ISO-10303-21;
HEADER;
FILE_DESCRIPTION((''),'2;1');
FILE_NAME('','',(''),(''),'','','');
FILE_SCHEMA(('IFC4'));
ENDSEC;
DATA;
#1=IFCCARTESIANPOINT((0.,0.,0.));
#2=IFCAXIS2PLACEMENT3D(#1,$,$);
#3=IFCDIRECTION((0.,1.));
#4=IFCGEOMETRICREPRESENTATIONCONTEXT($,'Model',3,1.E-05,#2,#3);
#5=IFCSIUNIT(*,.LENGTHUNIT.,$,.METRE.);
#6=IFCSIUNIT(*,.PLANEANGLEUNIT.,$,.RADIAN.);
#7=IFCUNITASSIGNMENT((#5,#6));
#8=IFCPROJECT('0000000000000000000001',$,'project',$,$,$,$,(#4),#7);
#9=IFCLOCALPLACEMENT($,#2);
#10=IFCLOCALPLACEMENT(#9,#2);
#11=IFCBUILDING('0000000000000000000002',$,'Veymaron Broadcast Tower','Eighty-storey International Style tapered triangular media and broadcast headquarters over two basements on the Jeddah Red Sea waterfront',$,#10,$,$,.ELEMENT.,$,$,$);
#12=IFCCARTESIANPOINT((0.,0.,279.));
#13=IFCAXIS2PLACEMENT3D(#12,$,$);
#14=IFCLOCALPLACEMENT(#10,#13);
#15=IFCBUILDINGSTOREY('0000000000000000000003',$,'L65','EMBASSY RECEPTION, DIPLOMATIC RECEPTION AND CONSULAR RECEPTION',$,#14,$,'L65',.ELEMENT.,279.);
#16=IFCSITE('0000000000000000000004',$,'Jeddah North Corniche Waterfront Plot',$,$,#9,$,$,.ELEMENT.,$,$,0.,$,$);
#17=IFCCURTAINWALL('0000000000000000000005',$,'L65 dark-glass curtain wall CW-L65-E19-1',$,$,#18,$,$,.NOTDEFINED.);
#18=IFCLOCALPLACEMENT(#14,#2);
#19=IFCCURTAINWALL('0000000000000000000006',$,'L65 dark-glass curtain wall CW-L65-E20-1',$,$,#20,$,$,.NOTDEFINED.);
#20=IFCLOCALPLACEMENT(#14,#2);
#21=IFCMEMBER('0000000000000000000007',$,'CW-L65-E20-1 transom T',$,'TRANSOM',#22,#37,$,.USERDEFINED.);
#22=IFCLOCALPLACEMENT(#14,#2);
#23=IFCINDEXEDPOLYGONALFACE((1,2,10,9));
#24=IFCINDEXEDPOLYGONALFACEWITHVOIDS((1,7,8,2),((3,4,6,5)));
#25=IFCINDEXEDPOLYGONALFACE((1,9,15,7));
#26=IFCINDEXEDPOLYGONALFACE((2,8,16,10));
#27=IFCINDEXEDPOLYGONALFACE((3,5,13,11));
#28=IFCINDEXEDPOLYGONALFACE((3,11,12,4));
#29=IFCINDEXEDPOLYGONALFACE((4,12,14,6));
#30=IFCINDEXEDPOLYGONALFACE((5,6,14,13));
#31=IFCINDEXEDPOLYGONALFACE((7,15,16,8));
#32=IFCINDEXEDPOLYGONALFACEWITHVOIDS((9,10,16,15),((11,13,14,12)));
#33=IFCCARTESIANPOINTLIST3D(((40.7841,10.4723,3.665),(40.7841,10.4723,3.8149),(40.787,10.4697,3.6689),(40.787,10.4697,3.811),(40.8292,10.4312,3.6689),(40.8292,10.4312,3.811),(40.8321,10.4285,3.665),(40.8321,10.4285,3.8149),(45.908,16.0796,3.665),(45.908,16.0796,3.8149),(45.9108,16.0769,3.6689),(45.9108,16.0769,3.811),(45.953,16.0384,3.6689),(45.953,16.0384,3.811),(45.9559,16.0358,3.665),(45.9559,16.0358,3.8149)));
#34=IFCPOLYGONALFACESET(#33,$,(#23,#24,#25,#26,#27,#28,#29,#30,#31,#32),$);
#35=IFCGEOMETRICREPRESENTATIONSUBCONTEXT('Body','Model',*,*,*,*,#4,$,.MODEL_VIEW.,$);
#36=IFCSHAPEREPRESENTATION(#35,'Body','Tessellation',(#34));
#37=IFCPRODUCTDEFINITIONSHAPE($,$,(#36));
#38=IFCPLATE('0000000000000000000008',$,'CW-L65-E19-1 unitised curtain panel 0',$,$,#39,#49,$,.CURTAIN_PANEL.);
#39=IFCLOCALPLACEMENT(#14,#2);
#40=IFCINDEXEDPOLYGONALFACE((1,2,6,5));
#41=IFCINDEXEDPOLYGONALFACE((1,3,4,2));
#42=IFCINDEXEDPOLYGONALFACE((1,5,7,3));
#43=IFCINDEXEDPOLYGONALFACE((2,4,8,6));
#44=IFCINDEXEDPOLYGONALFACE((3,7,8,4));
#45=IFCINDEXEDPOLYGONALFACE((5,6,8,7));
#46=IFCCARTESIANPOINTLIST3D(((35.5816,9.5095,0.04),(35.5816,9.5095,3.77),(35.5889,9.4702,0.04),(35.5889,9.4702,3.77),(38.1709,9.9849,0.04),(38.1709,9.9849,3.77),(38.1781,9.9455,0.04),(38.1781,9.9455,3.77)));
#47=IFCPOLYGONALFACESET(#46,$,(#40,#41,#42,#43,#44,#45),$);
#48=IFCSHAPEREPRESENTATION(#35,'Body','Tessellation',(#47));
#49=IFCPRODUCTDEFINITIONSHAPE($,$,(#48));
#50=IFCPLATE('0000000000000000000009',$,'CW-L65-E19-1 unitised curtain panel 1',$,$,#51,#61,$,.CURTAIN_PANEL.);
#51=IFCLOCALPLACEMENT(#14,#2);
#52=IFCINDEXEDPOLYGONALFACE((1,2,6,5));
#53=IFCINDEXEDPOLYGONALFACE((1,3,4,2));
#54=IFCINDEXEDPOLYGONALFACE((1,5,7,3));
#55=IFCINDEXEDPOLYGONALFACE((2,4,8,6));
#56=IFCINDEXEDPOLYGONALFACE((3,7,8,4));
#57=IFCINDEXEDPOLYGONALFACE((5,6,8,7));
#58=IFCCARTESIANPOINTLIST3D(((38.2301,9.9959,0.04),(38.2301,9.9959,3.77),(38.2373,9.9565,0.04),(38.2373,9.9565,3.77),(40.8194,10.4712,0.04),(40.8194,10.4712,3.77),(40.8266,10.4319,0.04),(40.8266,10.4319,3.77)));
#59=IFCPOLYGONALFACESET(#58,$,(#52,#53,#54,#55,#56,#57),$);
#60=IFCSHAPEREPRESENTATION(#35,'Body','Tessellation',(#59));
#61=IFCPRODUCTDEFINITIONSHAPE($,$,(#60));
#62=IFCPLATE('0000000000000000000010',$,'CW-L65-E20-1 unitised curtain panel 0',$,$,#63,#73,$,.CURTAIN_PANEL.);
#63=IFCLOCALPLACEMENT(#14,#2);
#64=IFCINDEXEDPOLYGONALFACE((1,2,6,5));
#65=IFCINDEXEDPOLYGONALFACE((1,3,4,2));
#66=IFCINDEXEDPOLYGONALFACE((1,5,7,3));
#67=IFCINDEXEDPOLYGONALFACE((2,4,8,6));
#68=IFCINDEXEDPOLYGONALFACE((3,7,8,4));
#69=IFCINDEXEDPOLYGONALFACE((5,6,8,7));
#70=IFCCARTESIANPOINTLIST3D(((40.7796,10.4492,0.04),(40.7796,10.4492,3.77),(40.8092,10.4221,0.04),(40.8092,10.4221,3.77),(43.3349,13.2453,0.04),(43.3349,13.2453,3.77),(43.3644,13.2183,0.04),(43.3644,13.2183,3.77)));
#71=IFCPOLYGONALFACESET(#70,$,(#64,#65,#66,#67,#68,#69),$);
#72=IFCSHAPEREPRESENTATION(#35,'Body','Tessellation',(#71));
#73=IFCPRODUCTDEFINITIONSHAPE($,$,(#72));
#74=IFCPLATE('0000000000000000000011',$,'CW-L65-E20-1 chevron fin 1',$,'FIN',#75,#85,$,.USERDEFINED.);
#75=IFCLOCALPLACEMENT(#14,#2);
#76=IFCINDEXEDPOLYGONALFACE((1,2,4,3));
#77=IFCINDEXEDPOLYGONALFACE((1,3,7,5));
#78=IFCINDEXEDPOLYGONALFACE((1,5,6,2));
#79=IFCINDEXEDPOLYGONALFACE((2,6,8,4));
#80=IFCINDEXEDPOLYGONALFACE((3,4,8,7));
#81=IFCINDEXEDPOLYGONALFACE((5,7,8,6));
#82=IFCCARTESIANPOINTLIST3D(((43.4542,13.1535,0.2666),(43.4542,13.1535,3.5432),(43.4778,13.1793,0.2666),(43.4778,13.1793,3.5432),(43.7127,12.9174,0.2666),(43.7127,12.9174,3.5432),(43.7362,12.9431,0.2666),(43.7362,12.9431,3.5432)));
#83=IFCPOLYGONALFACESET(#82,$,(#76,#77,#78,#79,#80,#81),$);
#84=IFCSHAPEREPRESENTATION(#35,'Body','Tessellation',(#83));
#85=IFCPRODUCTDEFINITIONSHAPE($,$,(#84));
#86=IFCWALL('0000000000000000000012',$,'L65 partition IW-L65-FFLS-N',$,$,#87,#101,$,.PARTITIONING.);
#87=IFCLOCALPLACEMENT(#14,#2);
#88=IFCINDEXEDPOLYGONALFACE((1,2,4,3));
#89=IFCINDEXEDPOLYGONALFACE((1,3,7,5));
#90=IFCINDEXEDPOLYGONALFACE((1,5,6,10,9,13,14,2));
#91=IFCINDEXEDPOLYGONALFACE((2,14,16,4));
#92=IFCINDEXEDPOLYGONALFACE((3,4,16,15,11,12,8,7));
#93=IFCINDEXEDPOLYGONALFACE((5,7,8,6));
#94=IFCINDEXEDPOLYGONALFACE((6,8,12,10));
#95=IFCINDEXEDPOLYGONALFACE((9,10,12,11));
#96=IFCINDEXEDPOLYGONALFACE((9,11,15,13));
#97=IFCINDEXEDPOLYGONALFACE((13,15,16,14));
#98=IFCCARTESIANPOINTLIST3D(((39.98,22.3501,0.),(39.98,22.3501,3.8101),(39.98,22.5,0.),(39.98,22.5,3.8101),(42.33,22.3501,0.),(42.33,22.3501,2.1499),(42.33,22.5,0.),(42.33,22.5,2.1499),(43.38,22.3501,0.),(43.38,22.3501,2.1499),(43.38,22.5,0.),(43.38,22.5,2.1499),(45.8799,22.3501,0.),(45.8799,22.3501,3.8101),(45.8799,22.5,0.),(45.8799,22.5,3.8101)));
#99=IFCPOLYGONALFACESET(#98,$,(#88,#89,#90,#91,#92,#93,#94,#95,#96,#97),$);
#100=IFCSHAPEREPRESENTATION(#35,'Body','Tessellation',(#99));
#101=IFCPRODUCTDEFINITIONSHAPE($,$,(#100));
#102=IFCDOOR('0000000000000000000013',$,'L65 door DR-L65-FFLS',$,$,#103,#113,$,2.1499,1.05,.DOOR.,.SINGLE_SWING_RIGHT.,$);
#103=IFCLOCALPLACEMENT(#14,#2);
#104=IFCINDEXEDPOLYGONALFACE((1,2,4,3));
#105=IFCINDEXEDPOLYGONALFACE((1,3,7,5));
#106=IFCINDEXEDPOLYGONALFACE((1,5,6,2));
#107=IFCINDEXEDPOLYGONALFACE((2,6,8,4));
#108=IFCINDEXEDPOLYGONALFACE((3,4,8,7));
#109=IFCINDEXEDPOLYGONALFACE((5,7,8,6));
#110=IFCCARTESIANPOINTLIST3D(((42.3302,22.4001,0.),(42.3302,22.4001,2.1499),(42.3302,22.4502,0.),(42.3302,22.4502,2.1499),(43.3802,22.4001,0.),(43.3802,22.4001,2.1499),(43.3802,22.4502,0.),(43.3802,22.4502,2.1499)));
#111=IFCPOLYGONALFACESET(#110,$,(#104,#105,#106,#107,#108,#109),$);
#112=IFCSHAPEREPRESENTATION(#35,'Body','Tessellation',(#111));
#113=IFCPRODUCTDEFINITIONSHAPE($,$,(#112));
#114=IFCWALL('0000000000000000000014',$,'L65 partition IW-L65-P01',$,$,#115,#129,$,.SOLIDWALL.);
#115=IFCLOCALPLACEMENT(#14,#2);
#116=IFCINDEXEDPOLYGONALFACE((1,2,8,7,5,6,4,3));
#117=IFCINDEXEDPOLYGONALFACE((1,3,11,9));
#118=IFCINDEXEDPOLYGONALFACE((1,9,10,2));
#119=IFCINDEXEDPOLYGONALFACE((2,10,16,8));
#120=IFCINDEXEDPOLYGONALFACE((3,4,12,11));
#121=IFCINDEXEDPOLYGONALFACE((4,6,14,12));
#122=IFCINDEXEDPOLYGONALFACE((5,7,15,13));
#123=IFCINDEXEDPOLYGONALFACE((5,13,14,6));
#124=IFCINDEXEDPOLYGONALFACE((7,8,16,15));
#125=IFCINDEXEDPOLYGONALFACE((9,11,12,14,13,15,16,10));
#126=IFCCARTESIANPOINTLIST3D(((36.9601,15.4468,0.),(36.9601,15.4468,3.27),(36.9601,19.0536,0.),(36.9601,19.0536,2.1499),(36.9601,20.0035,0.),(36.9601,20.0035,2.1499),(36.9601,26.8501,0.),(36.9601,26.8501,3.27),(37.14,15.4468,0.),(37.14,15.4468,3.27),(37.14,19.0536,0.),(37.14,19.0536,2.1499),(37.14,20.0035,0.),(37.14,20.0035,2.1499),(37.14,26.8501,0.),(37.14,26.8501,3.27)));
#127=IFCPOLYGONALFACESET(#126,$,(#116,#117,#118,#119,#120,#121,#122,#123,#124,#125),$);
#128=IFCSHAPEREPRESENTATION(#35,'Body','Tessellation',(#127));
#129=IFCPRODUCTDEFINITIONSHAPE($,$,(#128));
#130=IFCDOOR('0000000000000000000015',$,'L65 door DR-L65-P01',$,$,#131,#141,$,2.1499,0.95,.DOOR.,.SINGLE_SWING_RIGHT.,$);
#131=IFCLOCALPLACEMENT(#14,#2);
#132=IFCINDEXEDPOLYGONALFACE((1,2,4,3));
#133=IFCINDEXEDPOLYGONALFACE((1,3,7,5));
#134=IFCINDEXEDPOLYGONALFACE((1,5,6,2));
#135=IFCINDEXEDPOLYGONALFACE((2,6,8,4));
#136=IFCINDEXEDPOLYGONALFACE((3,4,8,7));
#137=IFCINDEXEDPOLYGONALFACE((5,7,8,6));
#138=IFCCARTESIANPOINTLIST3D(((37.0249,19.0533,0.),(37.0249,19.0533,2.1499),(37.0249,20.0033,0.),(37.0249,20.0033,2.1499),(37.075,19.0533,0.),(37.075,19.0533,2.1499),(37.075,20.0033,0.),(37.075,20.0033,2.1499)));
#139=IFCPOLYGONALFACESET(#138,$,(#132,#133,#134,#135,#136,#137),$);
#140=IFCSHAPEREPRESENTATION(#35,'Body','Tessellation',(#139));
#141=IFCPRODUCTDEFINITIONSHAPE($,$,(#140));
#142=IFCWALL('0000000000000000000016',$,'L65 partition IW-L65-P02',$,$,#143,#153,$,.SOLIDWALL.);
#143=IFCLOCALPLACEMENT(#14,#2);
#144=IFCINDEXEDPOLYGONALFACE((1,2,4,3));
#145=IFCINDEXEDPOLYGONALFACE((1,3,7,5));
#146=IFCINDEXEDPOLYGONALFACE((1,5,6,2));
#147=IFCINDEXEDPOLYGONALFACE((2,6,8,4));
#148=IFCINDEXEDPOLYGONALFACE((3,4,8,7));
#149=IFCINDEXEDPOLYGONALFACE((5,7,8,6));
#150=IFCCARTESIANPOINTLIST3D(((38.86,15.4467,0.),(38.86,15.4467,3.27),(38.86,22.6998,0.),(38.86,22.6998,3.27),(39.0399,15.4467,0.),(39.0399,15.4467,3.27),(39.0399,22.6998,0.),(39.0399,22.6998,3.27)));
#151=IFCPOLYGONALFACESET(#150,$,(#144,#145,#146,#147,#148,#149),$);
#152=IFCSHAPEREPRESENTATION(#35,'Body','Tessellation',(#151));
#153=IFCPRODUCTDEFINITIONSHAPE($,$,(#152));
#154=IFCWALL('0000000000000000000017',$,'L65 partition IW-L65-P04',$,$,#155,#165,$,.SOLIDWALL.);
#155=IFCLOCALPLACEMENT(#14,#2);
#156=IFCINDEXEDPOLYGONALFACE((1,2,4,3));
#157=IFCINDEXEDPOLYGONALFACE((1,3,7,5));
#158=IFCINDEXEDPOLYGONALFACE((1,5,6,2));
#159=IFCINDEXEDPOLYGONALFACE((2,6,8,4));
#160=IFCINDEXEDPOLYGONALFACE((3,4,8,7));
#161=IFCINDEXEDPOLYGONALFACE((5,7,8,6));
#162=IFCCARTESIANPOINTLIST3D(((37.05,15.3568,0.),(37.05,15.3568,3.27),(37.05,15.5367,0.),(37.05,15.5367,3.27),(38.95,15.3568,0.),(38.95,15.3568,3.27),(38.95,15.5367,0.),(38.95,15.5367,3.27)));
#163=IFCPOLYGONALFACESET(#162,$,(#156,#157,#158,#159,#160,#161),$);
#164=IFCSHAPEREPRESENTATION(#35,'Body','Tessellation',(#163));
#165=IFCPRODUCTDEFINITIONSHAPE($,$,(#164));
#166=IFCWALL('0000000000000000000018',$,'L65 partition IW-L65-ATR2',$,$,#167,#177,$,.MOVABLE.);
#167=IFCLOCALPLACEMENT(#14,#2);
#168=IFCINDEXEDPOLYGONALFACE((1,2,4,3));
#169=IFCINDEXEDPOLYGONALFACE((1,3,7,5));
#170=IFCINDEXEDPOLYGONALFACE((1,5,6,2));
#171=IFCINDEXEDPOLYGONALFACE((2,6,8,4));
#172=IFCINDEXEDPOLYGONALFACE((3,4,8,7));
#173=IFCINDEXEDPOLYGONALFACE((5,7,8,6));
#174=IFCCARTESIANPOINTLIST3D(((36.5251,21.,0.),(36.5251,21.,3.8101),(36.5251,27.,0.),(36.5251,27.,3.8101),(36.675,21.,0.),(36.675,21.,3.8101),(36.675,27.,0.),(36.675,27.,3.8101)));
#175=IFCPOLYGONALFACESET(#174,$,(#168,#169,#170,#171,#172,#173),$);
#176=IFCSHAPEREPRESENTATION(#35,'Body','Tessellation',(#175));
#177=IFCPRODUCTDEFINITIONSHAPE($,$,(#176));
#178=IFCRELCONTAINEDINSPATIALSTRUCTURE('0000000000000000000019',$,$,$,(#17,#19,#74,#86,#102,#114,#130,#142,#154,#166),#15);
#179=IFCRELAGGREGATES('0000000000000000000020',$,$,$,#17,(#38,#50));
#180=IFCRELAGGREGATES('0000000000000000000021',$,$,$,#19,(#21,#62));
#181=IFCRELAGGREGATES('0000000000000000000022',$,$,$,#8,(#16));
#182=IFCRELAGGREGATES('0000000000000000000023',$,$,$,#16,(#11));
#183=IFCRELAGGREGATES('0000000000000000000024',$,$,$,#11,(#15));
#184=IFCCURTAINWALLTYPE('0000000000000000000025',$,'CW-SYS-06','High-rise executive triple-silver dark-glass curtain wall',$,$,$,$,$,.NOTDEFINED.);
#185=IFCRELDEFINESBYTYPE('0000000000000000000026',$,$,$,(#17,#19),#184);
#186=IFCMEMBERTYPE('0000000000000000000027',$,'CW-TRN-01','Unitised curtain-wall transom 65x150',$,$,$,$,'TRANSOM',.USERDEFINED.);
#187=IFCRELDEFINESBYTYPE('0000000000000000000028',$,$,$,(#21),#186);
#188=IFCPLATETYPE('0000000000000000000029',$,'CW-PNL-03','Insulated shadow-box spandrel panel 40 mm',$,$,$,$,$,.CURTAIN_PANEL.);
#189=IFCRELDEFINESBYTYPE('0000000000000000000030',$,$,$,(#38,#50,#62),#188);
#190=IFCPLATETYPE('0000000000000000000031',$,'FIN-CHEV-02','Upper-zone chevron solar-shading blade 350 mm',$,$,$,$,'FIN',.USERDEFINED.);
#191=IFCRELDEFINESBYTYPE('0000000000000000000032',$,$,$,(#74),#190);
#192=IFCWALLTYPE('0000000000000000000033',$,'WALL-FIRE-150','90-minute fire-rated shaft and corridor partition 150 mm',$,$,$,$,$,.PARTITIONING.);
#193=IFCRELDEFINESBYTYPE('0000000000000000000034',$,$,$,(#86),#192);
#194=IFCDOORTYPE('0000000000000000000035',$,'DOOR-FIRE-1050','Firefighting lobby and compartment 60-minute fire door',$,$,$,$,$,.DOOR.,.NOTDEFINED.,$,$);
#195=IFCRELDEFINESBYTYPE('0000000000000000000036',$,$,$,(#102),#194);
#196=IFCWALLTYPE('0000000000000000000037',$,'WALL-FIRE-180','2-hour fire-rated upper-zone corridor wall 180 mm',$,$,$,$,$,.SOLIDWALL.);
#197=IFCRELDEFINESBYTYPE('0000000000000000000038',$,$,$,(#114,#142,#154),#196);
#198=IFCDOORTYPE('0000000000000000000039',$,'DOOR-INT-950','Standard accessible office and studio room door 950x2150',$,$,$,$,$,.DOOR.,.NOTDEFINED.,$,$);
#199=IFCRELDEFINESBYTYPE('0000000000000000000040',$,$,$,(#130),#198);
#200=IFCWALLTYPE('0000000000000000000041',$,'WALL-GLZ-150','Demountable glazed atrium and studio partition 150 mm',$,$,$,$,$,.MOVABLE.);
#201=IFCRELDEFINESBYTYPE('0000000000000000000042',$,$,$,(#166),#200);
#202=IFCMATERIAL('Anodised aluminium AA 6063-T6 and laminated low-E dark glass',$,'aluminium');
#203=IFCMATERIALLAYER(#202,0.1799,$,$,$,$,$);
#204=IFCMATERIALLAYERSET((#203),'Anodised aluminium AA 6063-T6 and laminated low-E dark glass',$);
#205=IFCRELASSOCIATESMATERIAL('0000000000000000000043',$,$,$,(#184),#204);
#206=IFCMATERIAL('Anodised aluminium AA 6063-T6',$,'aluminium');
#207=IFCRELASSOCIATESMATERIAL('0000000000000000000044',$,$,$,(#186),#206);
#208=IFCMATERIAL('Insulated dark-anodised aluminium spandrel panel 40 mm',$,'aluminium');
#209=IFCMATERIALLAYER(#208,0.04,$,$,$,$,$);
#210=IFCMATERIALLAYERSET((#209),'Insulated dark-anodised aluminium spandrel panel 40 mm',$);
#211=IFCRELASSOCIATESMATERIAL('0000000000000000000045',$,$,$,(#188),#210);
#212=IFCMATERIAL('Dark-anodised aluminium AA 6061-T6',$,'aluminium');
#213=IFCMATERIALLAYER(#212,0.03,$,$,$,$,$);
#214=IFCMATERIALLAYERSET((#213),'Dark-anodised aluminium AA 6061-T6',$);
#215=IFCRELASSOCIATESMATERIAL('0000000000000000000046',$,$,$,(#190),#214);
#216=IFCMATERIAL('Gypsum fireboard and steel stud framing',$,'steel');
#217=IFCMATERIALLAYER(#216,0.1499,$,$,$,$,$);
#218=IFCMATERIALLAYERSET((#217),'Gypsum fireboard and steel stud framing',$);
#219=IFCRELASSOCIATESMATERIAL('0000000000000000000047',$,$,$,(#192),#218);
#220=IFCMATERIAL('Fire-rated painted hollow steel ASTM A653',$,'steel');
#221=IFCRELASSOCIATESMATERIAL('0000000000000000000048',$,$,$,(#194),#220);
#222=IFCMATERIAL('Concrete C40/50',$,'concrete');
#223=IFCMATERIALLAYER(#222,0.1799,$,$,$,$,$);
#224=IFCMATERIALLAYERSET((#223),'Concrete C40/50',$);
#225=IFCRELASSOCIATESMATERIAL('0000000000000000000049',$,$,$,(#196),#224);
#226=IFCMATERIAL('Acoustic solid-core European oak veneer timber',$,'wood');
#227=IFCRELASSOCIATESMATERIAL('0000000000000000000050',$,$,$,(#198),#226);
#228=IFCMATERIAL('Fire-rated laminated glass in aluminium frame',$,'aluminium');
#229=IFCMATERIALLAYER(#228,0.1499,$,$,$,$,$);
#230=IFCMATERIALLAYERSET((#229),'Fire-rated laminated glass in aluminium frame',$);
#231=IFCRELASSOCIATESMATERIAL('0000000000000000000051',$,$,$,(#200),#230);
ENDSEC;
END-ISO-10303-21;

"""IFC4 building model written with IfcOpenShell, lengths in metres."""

from ifc_helpers import new_model, si_unit, direction, frame, frame_2d, origin, origin_2d, place, context, subcontext, project, spatial, rectangle, hollow_rectangle, extrude, material, layer, layer_set, material_profile, profile_set, type_object, element, fill, aggregate, save


model = new_model("IFC4")

# Units and contexts
model_context = context("Model", 3, precision=1e-05, world=origin(), true_north=direction((0.0, 1.0)))
body_context = subcontext(model_context, "Body", "Model", "MODEL_VIEW")
ifc_project = project(units=[si_unit("LENGTHUNIT", "METRE"), si_unit("PLANEANGLEUNIT", "RADIAN")], contexts=[model_context])

# Site, building, storey
site_placement = place(None, origin())
site = spatial("IfcSite", under=ifc_project, at=site_placement, Name="Jeddah North Corniche Waterfront Plot", CompositionType="ELEMENT", RefElevation=0.0)
building_placement = place(site_placement, origin())
building = spatial("IfcBuilding", under=site, at=building_placement, Name="Veymaron Broadcast Tower", Description="Eighty-storey International Style tapered triangular media and broadcast headquarters over two basements on the Jeddah Red Sea waterfront", CompositionType="ELEMENT")
storey_placement = place(building_placement, frame((0.0, 0.0, 279.0)))
storey = spatial("IfcBuildingStorey", under=building, at=storey_placement, Name="L65", Description="EMBASSY RECEPTION, DIPLOMATIC RECEPTION AND CONSULAR RECEPTION", LongName="L65", CompositionType="ELEMENT", Elevation=279.0)

# Curtain walls, member
ifc_material_1 = material(Name="Anodised aluminium AA 6063-T6 and laminated low-E dark glass", Category="aluminium")
ifc_layer_1 = layer(ifc_material_1, 0.1799)
ifc_layer_set_1 = layer_set([ifc_layer_1], Name="Anodised aluminium AA 6063-T6 and laminated low-E dark glass")
curtain_wall_type = type_object("IfcCurtainWallType", Name="CW-SYS-06", Description="High-rise executive triple-silver dark-glass curtain wall", PredefinedType="NOTDEFINED", material=ifc_layer_set_1)
curtain_wall_1_placement = place(storey_placement, origin())
curtain_wall_1 = element("IfcCurtainWall", 1, at=curtain_wall_1_placement, inside=storey, type_object=curtain_wall_type, Name="L65 dark-glass curtain wall CW-L65-E19-1", PredefinedType="NOTDEFINED")
ifc_material_2 = material(Name="Anodised aluminium AA 6063-T6", Category="aluminium")
curtain_wall_2_placement = place(storey_placement, origin())
curtain_wall_2 = element("IfcCurtainWall", 2, at=curtain_wall_2_placement, inside=storey, type_object=curtain_wall_type, Name="L65 dark-glass curtain wall CW-L65-E20-1", PredefinedType="NOTDEFINED")
ifc_material_profile_1 = material_profile(ifc_material_2, hollow_rectangle(XDim=0.0649, YDim=0.1499, WallThickness=0.0039, at=origin_2d()), Name="AL150X65X4")
ifc_profile_set_1 = profile_set([ifc_material_profile_1], Name="Anodised aluminium AA 6063-T6")
member_type_1 = type_object("IfcMemberType", Name="CW-TRN-01", Description="Unitised curtain-wall transom 65x150", ElementType="TRANSOM", PredefinedType="USERDEFINED", material=ifc_profile_set_1)
member_1_placement = place(storey_placement, frame((40.8081, 10.4504, 3.74), z_axis=(0.67457, 0.738211, 0.0), x_axis=(-0.738211, 0.67457, 0.0)))
member_1 = element("IfcMember", 3, at=member_1_placement, type_object=member_type_1, Name="CW-L65-E20-1 transom T", ObjectType="TRANSOM", PredefinedType="USERDEFINED", context=body_context, shape_type="SweptSolid", body=[
    extrude(hollow_rectangle(XDim=0.0649, YDim=0.1499, WallThickness=0.0039, at=origin_2d()), origin(), (0.0, 0.0, 1.0), 7.5957),
])

# Plates
ifc_material_3 = material(Name="Insulated dark-anodised aluminium spandrel panel 40 mm", Category="aluminium")
ifc_layer_2 = layer(ifc_material_3, 0.04)
ifc_layer_set_2 = layer_set([ifc_layer_2], Name="Insulated dark-anodised aluminium spandrel panel 40 mm")
plate_type_1 = type_object("IfcPlateType", Name="CW-PNL-03", Description="Insulated shadow-box spandrel panel 40 mm", PredefinedType="CURTAIN_PANEL", material=ifc_layer_set_2)
plate_1_placement = place(storey_placement, frame((36.8799, 9.7275, 0.04), z_axis=(0.0, 0.0, 1.0), x_axis=(0.983562, 0.180571, 0.0)))
plate_1 = element("IfcPlate", 4, at=plate_1_placement, type_object=plate_type_1, Name="CW-L65-E19-1 unitised curtain panel 0", PredefinedType="CURTAIN_PANEL", context=body_context, shape_type="SweptSolid", body=[
    extrude(rectangle(XDim=2.6326, YDim=0.04, at=origin_2d()), origin(), (0.0, 0.0, 1.0), 3.73),
])
plate_2_placement = place(storey_placement, frame((39.5283, 10.2139, 0.04), z_axis=(0.0, 0.0, 1.0), x_axis=(0.983562, 0.180571, 0.0)))
plate_2 = element("IfcPlate", 5, at=plate_2_placement, type_object=plate_type_1, Name="CW-L65-E19-1 unitised curtain panel 1", PredefinedType="CURTAIN_PANEL", context=body_context, shape_type="SweptSolid", body=[
    extrude(rectangle(XDim=2.6326, YDim=0.04, at=origin_2d()), origin(), (0.0, 0.0, 1.0), 3.73),
])
aggregate(curtain_wall_1, [plate_1, plate_2])
plate_3_placement = place(storey_placement, frame((42.072, 11.8337, 0.04), z_axis=(0.0, 0.0, 1.0), x_axis=(0.674586, 0.738196, 0.0)))
plate_3 = element("IfcPlate", 6, at=plate_3_placement, type_object=plate_type_1, Name="CW-L65-E20-1 unitised curtain panel 0", PredefinedType="CURTAIN_PANEL", context=body_context, shape_type="SweptSolid", body=[
    extrude(rectangle(XDim=3.7878, YDim=0.04, at=origin_2d()), origin(), (0.0, 0.0, 1.0), 3.73),
])
aggregate(curtain_wall_2, [member_1, plate_3])
ifc_material_4 = material(Name="Dark-anodised aluminium AA 6061-T6", Category="aluminium")
ifc_layer_3 = layer(ifc_material_4, 0.03)
ifc_layer_set_3 = layer_set([ifc_layer_3], Name="Dark-anodised aluminium AA 6061-T6")
plate_type_2 = type_object("IfcPlateType", Name="FIN-CHEV-02", Description="Upper-zone chevron solar-shading blade 350 mm", ElementType="FIN", PredefinedType="USERDEFINED", material=ifc_layer_set_3)
plate_4_placement = place(storey_placement, frame((43.5952, 13.0483, 0.2666), z_axis=(0.0, 0.0, 1.0), x_axis=(0.738196, -0.674586, 0.0)))
element("IfcPlate", 7, at=plate_4_placement, inside=storey, type_object=plate_type_2, Name="CW-L65-E20-1 chevron fin 1", ObjectType="FIN", PredefinedType="USERDEFINED", context=body_context, shape_type="SweptSolid", body=[
    extrude(rectangle(XDim=0.3501, YDim=0.0349, at=origin_2d()), origin(), (0.0, 0.0, 1.0), 3.2766),
])

# Walls, openings, doors
ifc_material_5 = material(Name="Gypsum fireboard and steel stud framing", Category="steel")
ifc_layer_4 = layer(ifc_material_5, 0.1499)
ifc_layer_set_4 = layer_set([ifc_layer_4], Name="Gypsum fireboard and steel stud framing")
wall_type_1 = type_object("IfcWallType", Name="WALL-FIRE-150", Description="90-minute fire-rated shaft and corridor partition 150 mm", PredefinedType="PARTITIONING", material=ifc_layer_set_4)
wall_1_placement = place(storey_placement, frame((39.98, 22.425, 0.0), z_axis=(0.0, 0.0, 1.0), x_axis=(1.0, 0.0, 0.0)))
wall_1 = element("IfcWall", 8, at=wall_1_placement, inside=storey, type_object=wall_type_1, Name="L65 partition IW-L65-FFLS-N", PredefinedType="PARTITIONING", context=body_context, shape_type="SweptSolid", body=[
    extrude(rectangle(XDim=5.8999, YDim=0.1499, at=frame_2d((2.95, 0.0))), origin(), (0.0, 0.0, 1.0), 3.8101),
])
opening_1_placement = place(wall_1_placement, frame((2.3501, 0.0, 0.0)))
opening_1 = element("IfcOpeningElement", 9, at=opening_1_placement, cuts=wall_1, PredefinedType="OPENING", context=body_context, shape_type="SweptSolid", body=[
    extrude(rectangle(XDim=1.05, YDim=2.1499, at=frame_2d((0.5249, 1.075))), frame((0.0, 0.085, 0.0), z_axis=(0.0, -1.0, 0.0), x_axis=(1.0, 0.0, 0.0)), (0.0, 0.0, 1.0), 0.1699),
])
ifc_material_6 = material(Name="Fire-rated painted hollow steel ASTM A653", Category="steel")
door_type_1 = type_object("IfcDoorType", Name="DOOR-FIRE-1050", Description="Firefighting lobby and compartment 60-minute fire door", OperationType="NOTDEFINED", PredefinedType="DOOR", material=ifc_material_6)
door_1_placement = place(opening_1_placement, frame((1.05, 0.0, 0.0), z_axis=(0.0, 0.0, 1.0), x_axis=(-1.0, 0.0, 0.0)))
door_1 = element("IfcDoor", 10, at=door_1_placement, inside=storey, type_object=door_type_1, Name="L65 door DR-L65-FFLS", OperationType="SINGLE_SWING_RIGHT", OverallHeight=2.1499, OverallWidth=1.05, PredefinedType="DOOR", context=body_context, shape_type="SweptSolid", body=[
    extrude(rectangle(XDim=1.05, YDim=2.1499, at=frame_2d((0.5249, 1.075))), frame((0.0, 0.0249, 0.0), z_axis=(0.0, -1.0, 0.0), x_axis=(1.0, 0.0, 0.0)), (0.0, 0.0, 1.0), 0.05),
])
fill(opening_1, door_1)
ifc_material_7 = material(Name="Concrete C40/50", Category="concrete")
ifc_layer_5 = layer(ifc_material_7, 0.1799)
ifc_layer_set_5 = layer_set([ifc_layer_5], Name="Concrete C40/50")
wall_type_2 = type_object("IfcWallType", Name="WALL-FIRE-180", Description="2-hour fire-rated upper-zone corridor wall 180 mm", PredefinedType="SOLIDWALL", material=ifc_layer_set_5)
wall_2_placement = place(storey_placement, frame((37.05, 15.4468, 0.0), z_axis=(0.0, 0.0, 1.0), x_axis=(0.0, 1.0, 0.0)))
wall_2 = element("IfcWall", 11, at=wall_2_placement, inside=storey, type_object=wall_type_2, Name="L65 partition IW-L65-P01", PredefinedType="SOLIDWALL", context=body_context, shape_type="SweptSolid", body=[
    extrude(rectangle(XDim=11.4033, YDim=0.1799, at=frame_2d((5.7017, 0.0))), origin(), (0.0, 0.0, 1.0), 3.27),
])
opening_2_placement = place(wall_2_placement, frame((3.6067, 0.0, 0.0)))
opening_2 = element("IfcOpeningElement", 12, at=opening_2_placement, cuts=wall_2, PredefinedType="OPENING", context=body_context, shape_type="SweptSolid", body=[
    extrude(rectangle(XDim=0.95, YDim=2.1499, at=frame_2d((0.4751, 1.075))), frame((0.0, 0.1001, 0.0), z_axis=(0.0, -1.0, 0.0), x_axis=(1.0, 0.0, 0.0)), (0.0, 0.0, 1.0), 0.2),
])
ifc_material_8 = material(Name="Acoustic solid-core European oak veneer timber", Category="wood")
door_type_2 = type_object("IfcDoorType", Name="DOOR-INT-950", Description="Standard accessible office and studio room door 950x2150", OperationType="NOTDEFINED", PredefinedType="DOOR", material=ifc_material_8)
door_2_placement = place(opening_2_placement, frame((0.95, 0.0, 0.0), z_axis=(0.0, 0.0, 1.0), x_axis=(-1.0, 0.0, 0.0)))
door_2 = element("IfcDoor", 13, at=door_2_placement, inside=storey, type_object=door_type_2, Name="L65 door DR-L65-P01", OperationType="SINGLE_SWING_RIGHT", OverallHeight=2.1499, OverallWidth=0.95, PredefinedType="DOOR", context=body_context, shape_type="SweptSolid", body=[
    extrude(rectangle(XDim=0.95, YDim=2.1499, at=frame_2d((0.4751, 1.075))), frame((0.0, 0.0249, 0.0), z_axis=(0.0, -1.0, 0.0), x_axis=(1.0, 0.0, 0.0)), (0.0, 0.0, 1.0), 0.05),
])
fill(opening_2, door_2)

# Walls
wall_3_placement = place(storey_placement, frame((38.95, 15.4468, 0.0), z_axis=(0.0, 0.0, 1.0), x_axis=(0.0, 1.0, 0.0)))
element("IfcWall", 14, at=wall_3_placement, inside=storey, type_object=wall_type_2, Name="L65 partition IW-L65-P02", PredefinedType="SOLIDWALL", context=body_context, shape_type="SweptSolid", body=[
    extrude(rectangle(XDim=7.2532, YDim=0.1799, at=frame_2d((3.6265, 0.0))), origin(), (0.0, 0.0, 1.0), 3.27),
])
wall_4_placement = place(storey_placement, frame((37.05, 15.4468, 0.0), z_axis=(0.0, 0.0, 1.0), x_axis=(1.0, 0.0, 0.0)))
element("IfcWall", 15, at=wall_4_placement, inside=storey, type_object=wall_type_2, Name="L65 partition IW-L65-P04", PredefinedType="SOLIDWALL", context=body_context, shape_type="SweptSolid", body=[
    extrude(rectangle(XDim=1.8999, YDim=0.1799, at=frame_2d((0.95, 0.0))), origin(), (0.0, 0.0, 1.0), 3.27),
])
ifc_material_9 = material(Name="Fire-rated laminated glass in aluminium frame", Category="aluminium")
ifc_layer_6 = layer(ifc_material_9, 0.1499)
ifc_layer_set_6 = layer_set([ifc_layer_6], Name="Fire-rated laminated glass in aluminium frame")
wall_type_3 = type_object("IfcWallType", Name="WALL-GLZ-150", Description="Demountable glazed atrium and studio partition 150 mm", PredefinedType="MOVABLE", material=ifc_layer_set_6)
wall_5_placement = place(storey_placement, frame((36.6001, 21.0, 0.0), z_axis=(0.0, 0.0, 1.0), x_axis=(0.0, 1.0, 0.0)))
element("IfcWall", 16, at=wall_5_placement, inside=storey, type_object=wall_type_3, Name="L65 partition IW-L65-ATR2", PredefinedType="MOVABLE", context=body_context, shape_type="SweptSolid", body=[
    extrude(rectangle(XDim=6.0, YDim=0.1499, at=frame_2d((3.0, 0.0))), origin(), (0.0, 0.0, 1.0), 3.8101),
])

save(model, "model.ifc")
